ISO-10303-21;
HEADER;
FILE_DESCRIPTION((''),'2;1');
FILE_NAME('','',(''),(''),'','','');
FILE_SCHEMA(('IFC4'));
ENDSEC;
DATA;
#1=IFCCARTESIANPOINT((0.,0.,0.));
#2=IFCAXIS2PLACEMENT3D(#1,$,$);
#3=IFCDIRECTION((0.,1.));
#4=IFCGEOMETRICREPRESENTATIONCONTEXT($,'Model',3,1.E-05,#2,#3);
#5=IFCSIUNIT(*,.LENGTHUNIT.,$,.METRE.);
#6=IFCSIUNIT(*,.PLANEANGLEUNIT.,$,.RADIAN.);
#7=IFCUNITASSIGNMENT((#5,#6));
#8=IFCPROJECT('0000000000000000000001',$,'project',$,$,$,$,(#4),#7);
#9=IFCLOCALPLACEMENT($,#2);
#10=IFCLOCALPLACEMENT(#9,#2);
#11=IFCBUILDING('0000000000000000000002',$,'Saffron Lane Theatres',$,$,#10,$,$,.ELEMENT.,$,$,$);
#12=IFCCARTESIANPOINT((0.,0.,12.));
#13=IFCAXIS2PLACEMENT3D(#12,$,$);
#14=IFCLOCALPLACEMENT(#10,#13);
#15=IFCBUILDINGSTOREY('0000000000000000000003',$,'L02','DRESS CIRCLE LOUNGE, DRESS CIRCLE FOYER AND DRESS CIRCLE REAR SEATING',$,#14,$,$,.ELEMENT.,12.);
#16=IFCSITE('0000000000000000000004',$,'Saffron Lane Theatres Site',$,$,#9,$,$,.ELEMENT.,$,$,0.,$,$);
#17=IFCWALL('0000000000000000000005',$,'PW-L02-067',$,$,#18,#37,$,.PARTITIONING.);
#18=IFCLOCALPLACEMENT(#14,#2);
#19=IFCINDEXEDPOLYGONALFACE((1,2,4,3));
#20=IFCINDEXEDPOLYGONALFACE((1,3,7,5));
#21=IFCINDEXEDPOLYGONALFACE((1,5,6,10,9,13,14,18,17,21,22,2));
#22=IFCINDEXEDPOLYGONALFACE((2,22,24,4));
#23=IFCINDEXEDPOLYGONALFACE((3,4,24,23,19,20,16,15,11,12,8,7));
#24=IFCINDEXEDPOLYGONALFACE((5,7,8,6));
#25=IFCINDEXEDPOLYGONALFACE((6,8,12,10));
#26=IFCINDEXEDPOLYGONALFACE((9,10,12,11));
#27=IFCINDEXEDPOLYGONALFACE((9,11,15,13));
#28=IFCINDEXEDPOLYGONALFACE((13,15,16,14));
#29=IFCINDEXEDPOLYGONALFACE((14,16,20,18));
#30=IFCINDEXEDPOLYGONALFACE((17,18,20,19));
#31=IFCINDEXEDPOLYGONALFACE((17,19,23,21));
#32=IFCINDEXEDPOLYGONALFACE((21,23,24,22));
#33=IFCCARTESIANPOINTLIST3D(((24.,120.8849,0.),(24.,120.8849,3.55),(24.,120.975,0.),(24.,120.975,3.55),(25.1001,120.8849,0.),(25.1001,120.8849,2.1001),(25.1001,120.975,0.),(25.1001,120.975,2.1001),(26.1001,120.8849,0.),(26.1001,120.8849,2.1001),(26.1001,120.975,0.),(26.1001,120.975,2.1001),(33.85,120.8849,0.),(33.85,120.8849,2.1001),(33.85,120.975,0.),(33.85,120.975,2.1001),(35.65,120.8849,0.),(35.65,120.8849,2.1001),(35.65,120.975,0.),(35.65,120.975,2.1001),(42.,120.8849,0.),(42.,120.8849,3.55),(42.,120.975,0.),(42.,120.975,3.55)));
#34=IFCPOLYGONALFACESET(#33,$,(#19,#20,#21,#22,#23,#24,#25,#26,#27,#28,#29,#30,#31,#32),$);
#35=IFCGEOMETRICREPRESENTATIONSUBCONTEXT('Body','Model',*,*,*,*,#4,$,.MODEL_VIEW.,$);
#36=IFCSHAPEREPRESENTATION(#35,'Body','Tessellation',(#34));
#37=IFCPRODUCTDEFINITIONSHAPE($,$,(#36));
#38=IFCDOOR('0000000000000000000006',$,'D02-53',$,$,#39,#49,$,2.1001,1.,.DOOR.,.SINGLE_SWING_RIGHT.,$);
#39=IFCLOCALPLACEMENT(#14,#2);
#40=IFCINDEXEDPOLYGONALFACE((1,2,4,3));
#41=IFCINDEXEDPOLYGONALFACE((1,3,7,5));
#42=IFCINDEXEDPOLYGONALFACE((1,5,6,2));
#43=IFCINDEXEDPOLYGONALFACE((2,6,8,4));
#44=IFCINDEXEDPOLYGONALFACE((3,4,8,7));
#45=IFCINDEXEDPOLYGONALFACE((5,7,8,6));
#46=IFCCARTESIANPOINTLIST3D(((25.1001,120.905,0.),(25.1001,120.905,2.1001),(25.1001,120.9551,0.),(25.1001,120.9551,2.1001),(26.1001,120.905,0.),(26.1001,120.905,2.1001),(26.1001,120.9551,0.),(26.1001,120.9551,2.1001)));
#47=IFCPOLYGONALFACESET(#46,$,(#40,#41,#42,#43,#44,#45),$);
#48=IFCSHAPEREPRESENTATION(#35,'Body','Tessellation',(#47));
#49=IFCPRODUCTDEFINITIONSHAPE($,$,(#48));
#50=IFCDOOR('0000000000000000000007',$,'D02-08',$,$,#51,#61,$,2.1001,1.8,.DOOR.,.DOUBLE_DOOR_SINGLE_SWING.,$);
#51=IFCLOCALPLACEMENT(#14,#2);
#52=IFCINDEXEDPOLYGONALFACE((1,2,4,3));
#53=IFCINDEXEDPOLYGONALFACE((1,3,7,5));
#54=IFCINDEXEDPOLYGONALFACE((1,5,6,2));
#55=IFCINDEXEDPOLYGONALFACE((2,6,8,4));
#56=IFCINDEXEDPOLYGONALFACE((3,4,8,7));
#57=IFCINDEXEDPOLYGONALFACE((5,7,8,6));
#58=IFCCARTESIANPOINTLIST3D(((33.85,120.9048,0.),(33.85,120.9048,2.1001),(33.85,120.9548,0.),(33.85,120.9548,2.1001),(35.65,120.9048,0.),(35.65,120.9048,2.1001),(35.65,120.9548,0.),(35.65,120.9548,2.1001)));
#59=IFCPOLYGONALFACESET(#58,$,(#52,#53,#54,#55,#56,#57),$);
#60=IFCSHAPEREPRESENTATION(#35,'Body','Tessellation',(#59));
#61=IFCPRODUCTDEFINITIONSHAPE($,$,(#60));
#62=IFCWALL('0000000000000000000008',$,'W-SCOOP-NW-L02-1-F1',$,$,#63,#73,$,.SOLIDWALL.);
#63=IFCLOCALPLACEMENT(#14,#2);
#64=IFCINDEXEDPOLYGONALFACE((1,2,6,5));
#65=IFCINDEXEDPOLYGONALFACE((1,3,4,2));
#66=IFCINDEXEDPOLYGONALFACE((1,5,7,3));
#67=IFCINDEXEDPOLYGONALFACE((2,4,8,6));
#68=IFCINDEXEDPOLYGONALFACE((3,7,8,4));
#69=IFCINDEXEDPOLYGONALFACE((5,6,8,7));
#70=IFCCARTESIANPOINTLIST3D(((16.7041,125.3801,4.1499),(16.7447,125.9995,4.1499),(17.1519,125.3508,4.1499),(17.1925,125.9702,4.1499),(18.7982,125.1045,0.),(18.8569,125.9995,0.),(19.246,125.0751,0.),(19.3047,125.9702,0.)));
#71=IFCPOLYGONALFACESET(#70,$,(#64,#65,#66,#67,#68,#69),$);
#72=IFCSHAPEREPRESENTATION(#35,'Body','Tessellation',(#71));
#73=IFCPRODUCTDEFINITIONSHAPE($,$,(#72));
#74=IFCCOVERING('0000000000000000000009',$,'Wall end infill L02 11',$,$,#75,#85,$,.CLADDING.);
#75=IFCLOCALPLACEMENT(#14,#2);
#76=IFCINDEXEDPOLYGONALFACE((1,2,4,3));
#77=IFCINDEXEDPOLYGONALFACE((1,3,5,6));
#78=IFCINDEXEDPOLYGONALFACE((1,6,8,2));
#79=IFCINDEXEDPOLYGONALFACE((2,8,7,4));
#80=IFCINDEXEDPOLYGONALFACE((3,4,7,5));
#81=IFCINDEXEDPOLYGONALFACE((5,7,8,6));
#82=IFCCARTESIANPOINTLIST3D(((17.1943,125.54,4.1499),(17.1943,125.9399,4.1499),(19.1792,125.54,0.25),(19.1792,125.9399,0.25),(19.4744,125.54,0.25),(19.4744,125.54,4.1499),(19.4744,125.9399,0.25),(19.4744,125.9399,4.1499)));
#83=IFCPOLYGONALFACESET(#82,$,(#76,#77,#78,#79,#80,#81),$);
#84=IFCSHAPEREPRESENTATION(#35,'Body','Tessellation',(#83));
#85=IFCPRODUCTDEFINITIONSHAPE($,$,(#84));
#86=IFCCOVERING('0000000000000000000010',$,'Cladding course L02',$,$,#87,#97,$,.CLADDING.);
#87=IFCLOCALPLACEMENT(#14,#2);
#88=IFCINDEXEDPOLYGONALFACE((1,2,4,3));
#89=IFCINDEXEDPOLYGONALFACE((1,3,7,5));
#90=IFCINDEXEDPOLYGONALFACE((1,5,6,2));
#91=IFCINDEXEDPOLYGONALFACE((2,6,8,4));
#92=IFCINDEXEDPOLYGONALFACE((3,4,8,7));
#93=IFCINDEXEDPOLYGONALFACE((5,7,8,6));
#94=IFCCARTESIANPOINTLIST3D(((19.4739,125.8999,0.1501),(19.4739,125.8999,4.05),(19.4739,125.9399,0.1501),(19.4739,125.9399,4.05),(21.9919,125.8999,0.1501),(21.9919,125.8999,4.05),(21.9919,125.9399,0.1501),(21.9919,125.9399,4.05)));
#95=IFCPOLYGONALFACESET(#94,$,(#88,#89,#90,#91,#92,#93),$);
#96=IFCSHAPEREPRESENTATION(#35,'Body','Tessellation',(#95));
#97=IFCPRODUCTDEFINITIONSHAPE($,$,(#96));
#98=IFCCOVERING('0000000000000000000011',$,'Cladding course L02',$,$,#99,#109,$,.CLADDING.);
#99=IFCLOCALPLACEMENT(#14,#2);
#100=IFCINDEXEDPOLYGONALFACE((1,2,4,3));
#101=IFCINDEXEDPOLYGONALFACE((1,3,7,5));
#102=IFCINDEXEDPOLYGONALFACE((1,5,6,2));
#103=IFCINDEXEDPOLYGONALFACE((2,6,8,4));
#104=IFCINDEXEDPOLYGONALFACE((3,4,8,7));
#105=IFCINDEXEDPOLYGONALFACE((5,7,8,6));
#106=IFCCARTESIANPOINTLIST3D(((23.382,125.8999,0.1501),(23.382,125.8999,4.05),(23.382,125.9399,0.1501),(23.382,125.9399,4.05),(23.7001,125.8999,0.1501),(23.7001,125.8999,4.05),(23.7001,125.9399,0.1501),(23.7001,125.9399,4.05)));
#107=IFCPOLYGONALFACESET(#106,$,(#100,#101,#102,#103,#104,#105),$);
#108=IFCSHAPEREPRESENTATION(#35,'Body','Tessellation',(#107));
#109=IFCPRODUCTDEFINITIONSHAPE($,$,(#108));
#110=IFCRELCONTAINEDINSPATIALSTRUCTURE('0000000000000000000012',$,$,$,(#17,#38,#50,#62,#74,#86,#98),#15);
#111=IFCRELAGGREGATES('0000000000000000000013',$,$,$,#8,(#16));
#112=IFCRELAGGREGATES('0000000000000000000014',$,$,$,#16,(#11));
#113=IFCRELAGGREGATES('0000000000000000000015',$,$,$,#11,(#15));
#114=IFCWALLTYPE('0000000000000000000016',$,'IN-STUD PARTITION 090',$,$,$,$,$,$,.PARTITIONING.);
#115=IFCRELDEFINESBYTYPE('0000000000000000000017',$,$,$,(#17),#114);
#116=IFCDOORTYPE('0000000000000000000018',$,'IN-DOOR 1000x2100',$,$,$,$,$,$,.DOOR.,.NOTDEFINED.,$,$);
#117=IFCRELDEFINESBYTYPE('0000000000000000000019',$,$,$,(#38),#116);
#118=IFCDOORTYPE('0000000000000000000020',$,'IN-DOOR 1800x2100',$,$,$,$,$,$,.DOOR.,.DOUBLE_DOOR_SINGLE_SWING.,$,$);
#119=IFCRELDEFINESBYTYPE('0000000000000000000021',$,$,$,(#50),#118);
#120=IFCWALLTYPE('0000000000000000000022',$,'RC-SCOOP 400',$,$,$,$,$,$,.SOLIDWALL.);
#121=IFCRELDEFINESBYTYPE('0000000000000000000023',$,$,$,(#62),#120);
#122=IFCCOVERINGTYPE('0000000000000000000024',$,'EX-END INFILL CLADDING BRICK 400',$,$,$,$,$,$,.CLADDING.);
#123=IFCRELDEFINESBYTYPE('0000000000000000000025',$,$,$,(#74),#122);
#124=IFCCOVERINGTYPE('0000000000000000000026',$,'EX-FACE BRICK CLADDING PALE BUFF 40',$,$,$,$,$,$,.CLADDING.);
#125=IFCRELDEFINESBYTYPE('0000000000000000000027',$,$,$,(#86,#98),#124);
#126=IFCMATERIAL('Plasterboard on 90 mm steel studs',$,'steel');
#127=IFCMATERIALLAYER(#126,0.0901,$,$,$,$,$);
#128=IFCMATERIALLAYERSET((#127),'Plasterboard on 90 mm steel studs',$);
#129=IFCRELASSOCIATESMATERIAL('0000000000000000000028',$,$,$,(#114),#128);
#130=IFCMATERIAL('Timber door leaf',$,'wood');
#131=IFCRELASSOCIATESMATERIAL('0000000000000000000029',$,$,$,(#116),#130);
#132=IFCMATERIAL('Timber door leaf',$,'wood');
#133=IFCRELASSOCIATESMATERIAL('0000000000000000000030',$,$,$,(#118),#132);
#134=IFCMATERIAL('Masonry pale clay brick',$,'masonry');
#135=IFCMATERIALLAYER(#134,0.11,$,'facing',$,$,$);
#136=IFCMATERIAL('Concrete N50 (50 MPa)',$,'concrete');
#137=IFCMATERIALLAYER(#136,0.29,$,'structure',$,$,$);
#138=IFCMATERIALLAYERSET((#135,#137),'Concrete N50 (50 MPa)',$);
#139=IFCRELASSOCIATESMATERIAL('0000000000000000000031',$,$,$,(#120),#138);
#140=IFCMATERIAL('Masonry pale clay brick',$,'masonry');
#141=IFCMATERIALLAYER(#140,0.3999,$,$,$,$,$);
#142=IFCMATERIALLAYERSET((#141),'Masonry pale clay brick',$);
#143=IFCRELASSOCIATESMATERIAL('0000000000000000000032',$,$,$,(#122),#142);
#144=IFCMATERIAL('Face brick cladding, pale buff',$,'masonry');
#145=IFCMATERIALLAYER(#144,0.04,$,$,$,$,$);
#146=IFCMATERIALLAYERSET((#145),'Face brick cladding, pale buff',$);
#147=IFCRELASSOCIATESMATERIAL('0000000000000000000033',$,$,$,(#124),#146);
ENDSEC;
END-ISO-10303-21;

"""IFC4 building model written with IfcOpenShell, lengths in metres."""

from ifc_helpers import new_model, si_unit, direction, frame, frame_2d, origin, origin_2d, place, context, subcontext, project, spatial, polyline, rectangle, outline, extrude, material, layer, layer_set, type_object, element, fill, save


model = new_model("IFC4")

# Units and contexts
model_context = context("Model", 3, precision=1e-05, world=origin(), true_north=direction((0.0, 1.0)))
body_context = subcontext(model_context, "Body", "Model", "MODEL_VIEW")
ifc_project = project(units=[si_unit("LENGTHUNIT", "METRE"), si_unit("PLANEANGLEUNIT", "RADIAN")], contexts=[model_context])

# Site, building, storey
site_placement = place(None, origin())
site = spatial("IfcSite", under=ifc_project, at=site_placement, Name="Saffron Lane Theatres Site", CompositionType="ELEMENT", RefElevation=0.0)
building_placement = place(site_placement, origin())
building = spatial("IfcBuilding", under=site, at=building_placement, Name="Saffron Lane Theatres", CompositionType="ELEMENT")
storey_placement = place(building_placement, frame((0.0, 0.0, 12.0)))
storey = spatial("IfcBuildingStorey", under=building, at=storey_placement, Name="L02", Description="DRESS CIRCLE LOUNGE, DRESS CIRCLE FOYER AND DRESS CIRCLE REAR SEATING", CompositionType="ELEMENT", Elevation=12.0)

# Shared definitions
ifc_material_1 = material(Name="Masonry pale clay brick", Category="masonry")

# Wall, openings, doors
ifc_material_2 = material(Name="Plasterboard on 90 mm steel studs", Category="steel")
ifc_layer_1 = layer(ifc_material_2, 0.0901)
ifc_layer_set_1 = layer_set([ifc_layer_1], Name="Plasterboard on 90 mm steel studs")
wall_type_1 = type_object("IfcWallType", Name="IN-STUD PARTITION 090", PredefinedType="PARTITIONING", material=ifc_layer_set_1)
wall_1_placement = place(storey_placement, frame((24.0, 120.9299, 0.0), z_axis=(0.0, 0.0, 1.0), x_axis=(1.0, 0.0, 0.0)))
wall_1 = element("IfcWall", 1, at=wall_1_placement, inside=storey, type_object=wall_type_1, Name="PW-L02-067", PredefinedType="PARTITIONING", context=body_context, shape_type="SweptSolid", body=[
    extrude(rectangle(XDim=18.0, YDim=0.0901, at=frame_2d((9.0, 0.0))), origin(), (0.0, 0.0, 1.0), 3.55),
])
opening_1_placement = place(wall_1_placement, frame((9.8501, 0.0, 0.0)))
opening_1 = element("IfcOpeningElement", 2, at=opening_1_placement, cuts=wall_1, PredefinedType="OPENING", context=body_context, shape_type="SweptSolid", body=[
    extrude(rectangle(XDim=1.8, YDim=2.1001, at=frame_2d((0.8999, 1.05))), frame((0.0, 0.0552, 0.0), z_axis=(0.0, -1.0, 0.0), x_axis=(1.0, 0.0, 0.0)), (0.0, 0.0, 1.0), 0.1101),
])
opening_2_placement = place(wall_1_placement, frame((1.1001, 0.0, 0.0)))
opening_2 = element("IfcOpeningElement", 3, at=opening_2_placement, cuts=wall_1, PredefinedType="OPENING", context=body_context, shape_type="SweptSolid", body=[
    extrude(rectangle(XDim=1.0, YDim=2.1001, at=frame_2d((0.5, 1.05))), frame((0.0, 0.0552, 0.0), z_axis=(0.0, -1.0, 0.0), x_axis=(1.0, 0.0, 0.0)), (0.0, 0.0, 1.0), 0.1101),
])
ifc_material_3 = material(Name="Timber door leaf", Category="wood")
door_type_1 = type_object("IfcDoorType", Name="IN-DOOR 1000x2100", OperationType="NOTDEFINED", PredefinedType="DOOR", material=ifc_material_3)
door_1_placement = place(opening_2_placement, frame((1.0, 0.0, 0.0), z_axis=(0.0, 0.0, 1.0), x_axis=(-1.0, 0.0, 0.0)))
door_1 = element("IfcDoor", 4, at=door_1_placement, inside=storey, type_object=door_type_1, Name="D02-53", OperationType="SINGLE_SWING_RIGHT", OverallHeight=2.1001, OverallWidth=1.0, PredefinedType="DOOR", context=body_context, shape_type="SweptSolid", body=[
    extrude(rectangle(XDim=1.0, YDim=2.1001, at=frame_2d((0.5, 1.05))), frame((0.0, 0.0249, 0.0), z_axis=(0.0, -1.0, 0.0), x_axis=(1.0, 0.0, 0.0)), (0.0, 0.0, 1.0), 0.05),
])
fill(opening_2, door_1)
ifc_material_4 = material(Name="Timber door leaf", Category="wood")
door_type_2 = type_object("IfcDoorType", Name="IN-DOOR 1800x2100", OperationType="DOUBLE_DOOR_SINGLE_SWING", PredefinedType="DOOR", material=ifc_material_4)
door_2_placement = place(opening_1_placement, origin())
door_2 = element("IfcDoor", 5, at=door_2_placement, inside=storey, type_object=door_type_2, Name="D02-08", OperationType="DOUBLE_DOOR_SINGLE_SWING", OverallHeight=2.1001, OverallWidth=1.8, PredefinedType="DOOR", context=body_context, shape_type="SweptSolid", body=[
    extrude(rectangle(XDim=1.8, YDim=2.1001, at=frame_2d((0.8999, 1.05))), frame((0.0, 0.0249, 0.0), z_axis=(0.0, -1.0, 0.0), x_axis=(1.0, 0.0, 0.0)), (0.0, 0.0, 1.0), 0.05),
])
fill(opening_1, door_2)

# Wall
ifc_layer_2 = layer(ifc_material_1, 0.11, Name="facing")
ifc_material_5 = material(Name="Concrete N50 (50 MPa)", Category="concrete")
ifc_layer_3 = layer(ifc_material_5, 0.29, Name="structure")
ifc_layer_set_2 = layer_set([ifc_layer_2, ifc_layer_3], Name="Concrete N50 (50 MPa)")
wall_type_2 = type_object("IfcWallType", Name="RC-SCOOP 400", PredefinedType="SOLIDWALL", material=ifc_layer_set_2)
wall_2_placement = place(storey_placement, frame((18.8569, 125.9995, 0.0), z_axis=(0.889685, -0.058375, 0.452827), x_axis=(-0.065498, -0.997853, 0.000051)))
element("IfcWall", 6, at=wall_2_placement, inside=storey, type_object=wall_type_2, Name="W-SCOOP-NW-L02-1-F1", PredefinedType="SOLIDWALL", context=body_context, shape_type="SweptSolid", body=[
    extrude(outline(polyline([(0.0, 0.0), (0.897, 0.0), (0.7593, -4.6544), (0.1386, -4.6545), (0.0, 0.0)])), origin(), (-0.000095, 0.452827, 0.891599), 0.4487),
])

# Coverings
ifc_material_6 = material(Name="Masonry pale clay brick", Category="masonry")
ifc_layer_4 = layer(ifc_material_6, 0.3999)
ifc_layer_set_3 = layer_set([ifc_layer_4], Name="Masonry pale clay brick")
covering_type_1 = type_object("IfcCoveringType", Name="EX-END INFILL CLADDING BRICK 400", PredefinedType="CLADDING", material=ifc_layer_set_3)
covering_1_placement = place(storey_placement, frame((19.4744, 125.9399, 4.1499), z_axis=(0.0, 1.0, 0.0), x_axis=(0.0, 0.0, -1.0)))
element("IfcCovering", 7, at=covering_1_placement, inside=storey, type_object=covering_type_1, Name="Wall end infill L02 11", PredefinedType="CLADDING", context=body_context, shape_type="SweptSolid", body=[
    extrude(outline(polyline([(0.0, 0.0), (3.8999, 0.0), (3.8999, 0.2952), (0.0, 2.28), (0.0, 0.0)])), origin(), (0.0, 0.0, -1.0), 0.3999),
])
ifc_material_7 = material(Name="Face brick cladding, pale buff", Category="masonry")
ifc_layer_5 = layer(ifc_material_7, 0.04)
ifc_layer_set_4 = layer_set([ifc_layer_5], Name="Face brick cladding, pale buff")
covering_type_2 = type_object("IfcCoveringType", Name="EX-FACE BRICK CLADDING PALE BUFF 40", PredefinedType="CLADDING", material=ifc_layer_set_4)
covering_2_placement = place(storey_placement, frame((20.7329, 125.9199, 0.1501), z_axis=(0.0, 0.0, 1.0), x_axis=(1.0, 0.0, 0.0)))
element("IfcCovering", 8, at=covering_2_placement, inside=storey, type_object=covering_type_2, Name="Cladding course L02", PredefinedType="CLADDING", context=body_context, shape_type="SweptSolid", body=[
    extrude(rectangle(XDim=2.5181, YDim=0.04, at=origin_2d()), origin(), (0.0, 0.0, 1.0), 3.8999),
])
covering_3_placement = place(storey_placement, frame((23.541, 125.9199, 0.1501), z_axis=(0.0, 0.0, 1.0), x_axis=(1.0, 0.0, 0.0)))
element("IfcCovering", 9, at=covering_3_placement, inside=storey, type_object=covering_type_2, Name="Cladding course L02", PredefinedType="CLADDING", context=body_context, shape_type="SweptSolid", body=[
    extrude(rectangle(XDim=0.3181, YDim=0.04, at=origin_2d()), origin(), (0.0, 0.0, 1.0), 3.8999),
])

save(model, "model.ifc")
